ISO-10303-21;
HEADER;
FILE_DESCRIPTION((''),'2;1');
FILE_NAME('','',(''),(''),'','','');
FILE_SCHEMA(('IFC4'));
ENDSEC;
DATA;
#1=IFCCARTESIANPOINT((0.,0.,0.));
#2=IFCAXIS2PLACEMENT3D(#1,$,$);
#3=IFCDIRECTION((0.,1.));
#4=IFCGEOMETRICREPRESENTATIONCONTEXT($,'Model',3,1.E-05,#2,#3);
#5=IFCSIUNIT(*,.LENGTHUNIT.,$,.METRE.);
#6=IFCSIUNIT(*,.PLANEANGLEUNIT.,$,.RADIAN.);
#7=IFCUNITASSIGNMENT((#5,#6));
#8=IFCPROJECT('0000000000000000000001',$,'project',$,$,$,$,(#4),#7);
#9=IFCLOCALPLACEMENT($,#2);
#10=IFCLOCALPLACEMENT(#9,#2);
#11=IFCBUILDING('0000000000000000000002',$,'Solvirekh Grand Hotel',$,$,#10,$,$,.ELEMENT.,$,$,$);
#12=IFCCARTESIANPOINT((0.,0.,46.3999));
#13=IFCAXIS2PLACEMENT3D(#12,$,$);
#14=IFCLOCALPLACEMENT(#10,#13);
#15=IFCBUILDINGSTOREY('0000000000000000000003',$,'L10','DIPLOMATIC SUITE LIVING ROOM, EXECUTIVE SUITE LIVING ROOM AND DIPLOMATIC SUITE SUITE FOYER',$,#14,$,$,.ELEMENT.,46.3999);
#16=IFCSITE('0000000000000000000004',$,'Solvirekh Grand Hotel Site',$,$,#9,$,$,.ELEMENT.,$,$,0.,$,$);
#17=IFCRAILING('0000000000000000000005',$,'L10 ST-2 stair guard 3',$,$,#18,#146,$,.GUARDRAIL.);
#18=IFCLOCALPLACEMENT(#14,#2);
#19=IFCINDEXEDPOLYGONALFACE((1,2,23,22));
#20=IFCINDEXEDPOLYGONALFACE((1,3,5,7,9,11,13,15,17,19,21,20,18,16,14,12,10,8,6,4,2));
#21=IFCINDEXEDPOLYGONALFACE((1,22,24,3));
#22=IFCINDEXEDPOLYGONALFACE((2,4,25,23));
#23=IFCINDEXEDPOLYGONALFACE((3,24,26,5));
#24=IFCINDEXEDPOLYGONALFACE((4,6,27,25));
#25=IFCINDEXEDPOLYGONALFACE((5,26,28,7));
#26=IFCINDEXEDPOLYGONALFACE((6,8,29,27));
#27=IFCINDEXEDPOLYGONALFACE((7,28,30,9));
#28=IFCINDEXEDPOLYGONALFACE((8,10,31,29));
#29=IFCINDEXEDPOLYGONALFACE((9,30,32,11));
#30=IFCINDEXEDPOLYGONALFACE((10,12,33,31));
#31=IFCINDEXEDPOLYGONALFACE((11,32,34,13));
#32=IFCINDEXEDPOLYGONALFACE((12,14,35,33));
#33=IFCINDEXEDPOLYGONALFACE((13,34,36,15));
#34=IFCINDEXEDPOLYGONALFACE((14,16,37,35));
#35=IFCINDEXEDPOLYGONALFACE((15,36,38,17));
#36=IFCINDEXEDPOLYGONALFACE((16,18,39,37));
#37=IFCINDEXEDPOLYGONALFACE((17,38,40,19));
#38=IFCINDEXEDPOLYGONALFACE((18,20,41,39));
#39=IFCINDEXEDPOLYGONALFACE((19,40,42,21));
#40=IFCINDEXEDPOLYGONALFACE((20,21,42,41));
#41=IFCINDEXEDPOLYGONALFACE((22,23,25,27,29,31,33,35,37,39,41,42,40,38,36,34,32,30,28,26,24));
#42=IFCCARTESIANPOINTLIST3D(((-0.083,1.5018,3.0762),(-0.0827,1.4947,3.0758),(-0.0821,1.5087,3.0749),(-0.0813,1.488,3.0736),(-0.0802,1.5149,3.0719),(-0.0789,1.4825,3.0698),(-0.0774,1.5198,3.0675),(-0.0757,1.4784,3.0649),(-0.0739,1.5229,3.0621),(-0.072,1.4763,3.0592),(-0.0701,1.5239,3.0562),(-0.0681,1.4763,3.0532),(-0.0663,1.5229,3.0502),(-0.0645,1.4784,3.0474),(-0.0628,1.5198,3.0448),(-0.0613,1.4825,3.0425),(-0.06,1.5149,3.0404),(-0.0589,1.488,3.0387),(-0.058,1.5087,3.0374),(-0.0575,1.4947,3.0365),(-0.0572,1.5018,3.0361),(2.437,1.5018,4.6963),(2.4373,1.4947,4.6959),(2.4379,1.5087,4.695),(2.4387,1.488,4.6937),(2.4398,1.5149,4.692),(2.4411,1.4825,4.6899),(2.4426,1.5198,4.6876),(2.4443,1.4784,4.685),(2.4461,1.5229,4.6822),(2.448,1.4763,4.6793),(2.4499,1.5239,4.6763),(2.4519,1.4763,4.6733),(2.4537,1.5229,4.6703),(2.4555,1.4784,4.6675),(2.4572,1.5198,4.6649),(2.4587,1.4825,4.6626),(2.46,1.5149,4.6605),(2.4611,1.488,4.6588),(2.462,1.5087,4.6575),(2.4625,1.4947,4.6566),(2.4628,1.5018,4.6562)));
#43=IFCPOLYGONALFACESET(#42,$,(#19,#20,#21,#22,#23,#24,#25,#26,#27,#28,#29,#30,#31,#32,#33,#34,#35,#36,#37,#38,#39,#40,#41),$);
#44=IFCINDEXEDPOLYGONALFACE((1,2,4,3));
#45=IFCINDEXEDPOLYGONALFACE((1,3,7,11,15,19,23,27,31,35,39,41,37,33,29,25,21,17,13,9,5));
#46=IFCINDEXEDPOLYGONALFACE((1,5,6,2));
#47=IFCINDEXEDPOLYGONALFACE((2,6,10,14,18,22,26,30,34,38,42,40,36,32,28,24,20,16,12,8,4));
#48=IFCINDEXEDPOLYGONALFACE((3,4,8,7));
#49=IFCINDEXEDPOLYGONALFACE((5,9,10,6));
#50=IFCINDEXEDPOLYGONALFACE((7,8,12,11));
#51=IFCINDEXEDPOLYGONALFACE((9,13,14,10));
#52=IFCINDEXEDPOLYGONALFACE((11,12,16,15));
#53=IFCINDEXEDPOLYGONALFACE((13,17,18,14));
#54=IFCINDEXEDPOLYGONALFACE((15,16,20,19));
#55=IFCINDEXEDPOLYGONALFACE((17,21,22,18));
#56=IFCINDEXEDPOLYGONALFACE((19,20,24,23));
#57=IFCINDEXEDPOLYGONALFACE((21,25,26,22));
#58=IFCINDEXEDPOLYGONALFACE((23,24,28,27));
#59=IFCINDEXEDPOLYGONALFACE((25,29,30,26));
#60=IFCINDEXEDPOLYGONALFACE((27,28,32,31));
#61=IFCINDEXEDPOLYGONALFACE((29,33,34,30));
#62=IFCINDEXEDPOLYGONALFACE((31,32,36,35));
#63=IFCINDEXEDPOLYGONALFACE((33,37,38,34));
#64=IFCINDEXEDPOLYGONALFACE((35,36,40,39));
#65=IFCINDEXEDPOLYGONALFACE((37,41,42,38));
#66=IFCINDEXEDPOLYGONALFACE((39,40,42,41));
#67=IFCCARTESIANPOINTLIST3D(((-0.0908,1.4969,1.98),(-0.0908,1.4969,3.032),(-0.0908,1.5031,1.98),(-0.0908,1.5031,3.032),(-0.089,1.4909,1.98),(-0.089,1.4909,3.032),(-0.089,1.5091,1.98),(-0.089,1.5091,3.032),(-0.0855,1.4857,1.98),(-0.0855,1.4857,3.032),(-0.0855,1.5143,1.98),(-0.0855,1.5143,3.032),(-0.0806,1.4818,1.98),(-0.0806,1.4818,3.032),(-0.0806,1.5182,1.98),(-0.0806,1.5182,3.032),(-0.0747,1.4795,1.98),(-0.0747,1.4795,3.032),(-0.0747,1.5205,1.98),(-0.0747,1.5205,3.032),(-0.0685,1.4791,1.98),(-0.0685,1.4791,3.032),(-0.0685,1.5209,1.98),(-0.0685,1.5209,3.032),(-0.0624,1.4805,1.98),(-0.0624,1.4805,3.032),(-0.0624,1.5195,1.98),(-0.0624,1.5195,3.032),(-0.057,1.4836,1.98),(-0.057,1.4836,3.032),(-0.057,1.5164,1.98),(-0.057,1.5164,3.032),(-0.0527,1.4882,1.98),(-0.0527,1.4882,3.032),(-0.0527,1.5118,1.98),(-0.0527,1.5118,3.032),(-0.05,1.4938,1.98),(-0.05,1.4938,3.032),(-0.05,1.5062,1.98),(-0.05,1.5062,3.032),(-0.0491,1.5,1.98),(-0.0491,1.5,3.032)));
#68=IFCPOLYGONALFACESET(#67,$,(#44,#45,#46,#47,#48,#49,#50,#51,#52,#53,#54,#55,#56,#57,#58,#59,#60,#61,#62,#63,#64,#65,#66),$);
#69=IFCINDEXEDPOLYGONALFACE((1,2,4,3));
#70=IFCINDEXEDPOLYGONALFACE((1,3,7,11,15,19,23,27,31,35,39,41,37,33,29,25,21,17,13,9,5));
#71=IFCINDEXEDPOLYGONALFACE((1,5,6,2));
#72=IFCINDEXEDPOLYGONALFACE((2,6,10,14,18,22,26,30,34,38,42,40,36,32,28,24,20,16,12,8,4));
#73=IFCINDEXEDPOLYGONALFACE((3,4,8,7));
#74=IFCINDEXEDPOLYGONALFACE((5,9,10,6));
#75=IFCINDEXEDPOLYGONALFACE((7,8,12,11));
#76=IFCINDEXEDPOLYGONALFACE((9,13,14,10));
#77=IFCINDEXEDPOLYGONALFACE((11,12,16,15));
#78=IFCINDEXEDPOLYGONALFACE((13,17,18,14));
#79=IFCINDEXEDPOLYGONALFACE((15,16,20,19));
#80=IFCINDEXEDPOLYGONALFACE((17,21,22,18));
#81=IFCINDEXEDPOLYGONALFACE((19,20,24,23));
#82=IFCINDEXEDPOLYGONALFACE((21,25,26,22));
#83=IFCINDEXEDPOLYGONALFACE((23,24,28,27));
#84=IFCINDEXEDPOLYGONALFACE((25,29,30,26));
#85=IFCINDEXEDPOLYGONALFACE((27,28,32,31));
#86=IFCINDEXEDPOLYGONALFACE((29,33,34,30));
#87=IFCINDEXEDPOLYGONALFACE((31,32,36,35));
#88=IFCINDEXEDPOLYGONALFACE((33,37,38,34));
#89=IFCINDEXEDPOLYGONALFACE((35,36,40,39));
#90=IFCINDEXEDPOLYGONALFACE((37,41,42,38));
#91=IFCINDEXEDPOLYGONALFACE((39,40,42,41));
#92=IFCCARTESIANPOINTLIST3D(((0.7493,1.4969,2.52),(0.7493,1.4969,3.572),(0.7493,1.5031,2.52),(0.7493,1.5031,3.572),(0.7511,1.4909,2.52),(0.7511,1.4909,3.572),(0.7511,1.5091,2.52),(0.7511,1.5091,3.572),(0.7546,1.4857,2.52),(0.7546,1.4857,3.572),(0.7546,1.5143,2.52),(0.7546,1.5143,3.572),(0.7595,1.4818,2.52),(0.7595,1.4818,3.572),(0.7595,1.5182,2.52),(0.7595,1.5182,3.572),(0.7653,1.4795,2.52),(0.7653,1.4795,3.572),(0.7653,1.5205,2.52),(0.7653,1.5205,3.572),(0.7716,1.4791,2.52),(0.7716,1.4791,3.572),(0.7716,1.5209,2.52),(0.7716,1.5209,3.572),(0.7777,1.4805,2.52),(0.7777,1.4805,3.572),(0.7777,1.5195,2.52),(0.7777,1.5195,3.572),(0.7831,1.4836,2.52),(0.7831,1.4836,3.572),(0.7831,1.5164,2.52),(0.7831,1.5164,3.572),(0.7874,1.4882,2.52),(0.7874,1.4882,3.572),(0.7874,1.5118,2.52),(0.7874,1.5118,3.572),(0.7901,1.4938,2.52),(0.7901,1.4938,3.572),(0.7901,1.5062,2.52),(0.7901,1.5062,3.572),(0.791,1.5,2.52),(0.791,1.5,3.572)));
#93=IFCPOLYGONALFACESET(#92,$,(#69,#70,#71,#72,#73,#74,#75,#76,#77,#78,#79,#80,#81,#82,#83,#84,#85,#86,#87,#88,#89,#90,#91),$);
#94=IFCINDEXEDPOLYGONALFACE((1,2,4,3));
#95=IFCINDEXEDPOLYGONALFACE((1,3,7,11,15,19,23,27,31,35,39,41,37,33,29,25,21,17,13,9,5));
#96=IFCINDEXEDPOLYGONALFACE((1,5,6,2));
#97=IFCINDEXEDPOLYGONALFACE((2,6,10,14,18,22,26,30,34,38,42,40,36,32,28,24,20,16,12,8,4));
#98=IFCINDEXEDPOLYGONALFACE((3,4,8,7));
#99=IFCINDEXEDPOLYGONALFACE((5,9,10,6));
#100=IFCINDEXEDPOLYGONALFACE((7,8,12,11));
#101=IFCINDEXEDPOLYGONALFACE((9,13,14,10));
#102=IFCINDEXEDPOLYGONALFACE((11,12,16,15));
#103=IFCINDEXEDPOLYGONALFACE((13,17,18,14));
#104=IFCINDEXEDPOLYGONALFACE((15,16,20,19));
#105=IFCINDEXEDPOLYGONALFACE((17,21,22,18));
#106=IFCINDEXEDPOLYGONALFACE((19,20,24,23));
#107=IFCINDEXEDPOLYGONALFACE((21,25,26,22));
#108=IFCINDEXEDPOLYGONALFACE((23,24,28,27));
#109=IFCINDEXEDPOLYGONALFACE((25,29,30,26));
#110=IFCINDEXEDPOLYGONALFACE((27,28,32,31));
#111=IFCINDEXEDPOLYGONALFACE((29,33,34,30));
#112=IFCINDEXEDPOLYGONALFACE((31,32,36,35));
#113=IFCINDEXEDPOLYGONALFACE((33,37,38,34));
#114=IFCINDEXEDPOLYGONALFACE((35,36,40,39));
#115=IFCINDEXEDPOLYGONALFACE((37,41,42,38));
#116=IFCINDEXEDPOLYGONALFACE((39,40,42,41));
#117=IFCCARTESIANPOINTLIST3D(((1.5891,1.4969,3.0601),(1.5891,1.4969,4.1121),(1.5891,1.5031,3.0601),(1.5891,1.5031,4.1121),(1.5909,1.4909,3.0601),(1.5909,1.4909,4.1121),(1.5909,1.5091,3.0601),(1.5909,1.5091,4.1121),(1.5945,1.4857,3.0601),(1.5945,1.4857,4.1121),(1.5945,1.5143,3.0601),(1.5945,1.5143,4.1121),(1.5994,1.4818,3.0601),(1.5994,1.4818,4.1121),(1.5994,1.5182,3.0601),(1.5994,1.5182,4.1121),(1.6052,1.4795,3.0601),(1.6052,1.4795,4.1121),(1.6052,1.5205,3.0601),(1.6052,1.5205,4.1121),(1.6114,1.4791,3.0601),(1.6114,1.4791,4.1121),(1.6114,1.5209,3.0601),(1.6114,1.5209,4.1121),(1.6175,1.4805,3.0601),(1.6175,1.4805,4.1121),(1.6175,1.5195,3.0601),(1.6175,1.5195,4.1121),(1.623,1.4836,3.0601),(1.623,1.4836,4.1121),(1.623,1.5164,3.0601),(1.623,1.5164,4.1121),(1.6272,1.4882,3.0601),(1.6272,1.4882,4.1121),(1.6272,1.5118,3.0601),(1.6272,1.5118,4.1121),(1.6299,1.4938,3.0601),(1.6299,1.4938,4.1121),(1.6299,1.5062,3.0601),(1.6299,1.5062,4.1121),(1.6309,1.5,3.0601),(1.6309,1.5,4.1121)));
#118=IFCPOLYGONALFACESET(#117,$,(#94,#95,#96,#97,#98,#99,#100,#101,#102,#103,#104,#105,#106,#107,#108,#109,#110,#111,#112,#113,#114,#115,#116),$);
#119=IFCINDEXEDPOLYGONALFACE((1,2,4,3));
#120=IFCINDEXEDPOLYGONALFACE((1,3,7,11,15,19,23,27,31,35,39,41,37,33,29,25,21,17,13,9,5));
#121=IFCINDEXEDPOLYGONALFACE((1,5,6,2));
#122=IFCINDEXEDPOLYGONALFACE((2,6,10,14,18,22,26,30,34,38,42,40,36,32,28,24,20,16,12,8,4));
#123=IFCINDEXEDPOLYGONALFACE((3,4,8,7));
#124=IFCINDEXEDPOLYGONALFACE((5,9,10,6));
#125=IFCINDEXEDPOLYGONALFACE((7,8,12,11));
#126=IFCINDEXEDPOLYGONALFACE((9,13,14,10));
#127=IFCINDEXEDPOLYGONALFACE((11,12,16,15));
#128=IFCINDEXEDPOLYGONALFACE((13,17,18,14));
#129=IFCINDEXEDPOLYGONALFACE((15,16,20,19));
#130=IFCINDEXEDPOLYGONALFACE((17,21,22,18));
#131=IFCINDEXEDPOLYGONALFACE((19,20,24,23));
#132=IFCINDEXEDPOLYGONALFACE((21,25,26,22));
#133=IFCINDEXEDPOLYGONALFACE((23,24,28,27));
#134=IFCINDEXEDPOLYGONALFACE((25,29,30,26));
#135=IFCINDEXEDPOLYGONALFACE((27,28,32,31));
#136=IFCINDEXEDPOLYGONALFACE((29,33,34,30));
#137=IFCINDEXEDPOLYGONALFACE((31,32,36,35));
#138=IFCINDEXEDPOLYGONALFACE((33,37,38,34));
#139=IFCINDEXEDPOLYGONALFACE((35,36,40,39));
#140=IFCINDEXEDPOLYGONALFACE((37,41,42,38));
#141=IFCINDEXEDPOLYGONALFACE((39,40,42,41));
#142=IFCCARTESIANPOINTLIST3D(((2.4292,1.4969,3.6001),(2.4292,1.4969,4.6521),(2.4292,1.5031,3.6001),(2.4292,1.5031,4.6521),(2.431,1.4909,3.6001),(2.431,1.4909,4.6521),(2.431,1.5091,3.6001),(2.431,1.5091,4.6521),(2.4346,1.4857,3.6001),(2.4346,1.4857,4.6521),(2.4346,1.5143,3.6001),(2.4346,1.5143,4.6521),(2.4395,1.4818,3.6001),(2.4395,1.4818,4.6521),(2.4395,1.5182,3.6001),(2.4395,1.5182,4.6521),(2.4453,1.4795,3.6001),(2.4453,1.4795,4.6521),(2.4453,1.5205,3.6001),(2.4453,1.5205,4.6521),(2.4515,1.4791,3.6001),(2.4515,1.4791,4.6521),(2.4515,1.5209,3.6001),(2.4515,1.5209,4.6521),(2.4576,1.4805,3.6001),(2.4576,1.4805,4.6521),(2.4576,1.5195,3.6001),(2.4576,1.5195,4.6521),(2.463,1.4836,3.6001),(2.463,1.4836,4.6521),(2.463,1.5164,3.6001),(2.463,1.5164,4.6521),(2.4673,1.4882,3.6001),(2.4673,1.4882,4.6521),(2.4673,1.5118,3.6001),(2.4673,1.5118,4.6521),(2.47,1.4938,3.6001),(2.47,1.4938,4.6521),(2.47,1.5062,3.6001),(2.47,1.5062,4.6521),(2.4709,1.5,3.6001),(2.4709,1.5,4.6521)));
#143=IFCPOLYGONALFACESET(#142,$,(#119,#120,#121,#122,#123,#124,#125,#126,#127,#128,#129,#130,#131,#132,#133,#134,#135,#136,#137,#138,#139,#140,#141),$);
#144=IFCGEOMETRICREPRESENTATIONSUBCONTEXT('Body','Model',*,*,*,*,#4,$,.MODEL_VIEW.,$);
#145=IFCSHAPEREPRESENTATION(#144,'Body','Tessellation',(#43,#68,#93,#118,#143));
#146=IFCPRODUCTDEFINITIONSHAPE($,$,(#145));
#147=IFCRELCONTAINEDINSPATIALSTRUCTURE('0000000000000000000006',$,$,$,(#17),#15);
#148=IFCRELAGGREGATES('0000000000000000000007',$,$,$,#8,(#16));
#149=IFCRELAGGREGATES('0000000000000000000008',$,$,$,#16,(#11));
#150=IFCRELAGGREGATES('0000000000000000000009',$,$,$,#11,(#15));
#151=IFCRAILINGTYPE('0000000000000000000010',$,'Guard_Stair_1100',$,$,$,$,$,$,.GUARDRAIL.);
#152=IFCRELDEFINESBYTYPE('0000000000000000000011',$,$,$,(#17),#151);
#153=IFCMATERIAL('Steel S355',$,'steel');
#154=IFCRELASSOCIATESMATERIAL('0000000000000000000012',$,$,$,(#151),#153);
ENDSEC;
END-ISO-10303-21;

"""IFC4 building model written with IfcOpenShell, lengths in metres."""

from ifc_helpers import new_model, si_unit, direction, frame, origin, origin_2d, place, context, subcontext, project, spatial, circle, extrude, material, type_object, element, save


model = new_model("IFC4")

# Units and contexts
model_context = context("Model", 3, precision=1e-05, world=origin(), true_north=direction((0.0, 1.0)))
body_context = subcontext(model_context, "Body", "Model", "MODEL_VIEW")
ifc_project = project(units=[si_unit("LENGTHUNIT", "METRE"), si_unit("PLANEANGLEUNIT", "RADIAN")], contexts=[model_context])

# Site, building, storey
site_placement = place(None, origin())
site = spatial("IfcSite", under=ifc_project, at=site_placement, Name="Solvirekh Grand Hotel Site", CompositionType="ELEMENT", RefElevation=0.0)
building_placement = place(site_placement, origin())
building = spatial("IfcBuilding", under=site, at=building_placement, Name="Solvirekh Grand Hotel", CompositionType="ELEMENT")
storey_placement = place(building_placement, frame((0.0, 0.0, 46.3999)))
storey = spatial("IfcBuildingStorey", under=building, at=storey_placement, Name="L10", Description="DIPLOMATIC SUITE LIVING ROOM, EXECUTIVE SUITE LIVING ROOM AND DIPLOMATIC SUITE SUITE FOYER", CompositionType="ELEMENT", Elevation=46.3999)

# Shared definitions
ifc_material_1 = material(Name="Steel S355", Category="steel")

# Railing
railing_type_1 = type_object("IfcRailingType", Name="Guard_Stair_1100", PredefinedType="GUARDRAIL", material=ifc_material_1)
railing_1_placement = place(storey_placement, frame((-0.0701, 1.5, 1.98)))
element("IfcRailing", 1, at=railing_1_placement, inside=storey, type_object=railing_type_1, Name="L10 ST-2 stair guard 3", PredefinedType="GUARDRAIL", context=body_context, shape_type="SweptSolid", body=[
    extrude(circle(Radius=0.0239, at=origin_2d()), frame((0.0, 0.0, 1.0762), z_axis=(0.841163, 0.0, 0.540782), x_axis=(0.0, 1.0, 0.0)), (0.0, 0.0, 1.0), 2.9958),
    extrude(circle(Radius=0.021, at=origin_2d()), origin(), (0.0, 0.0, 1.0), 1.052),
    extrude(circle(Radius=0.021, at=origin_2d()), frame((0.8401, 0.0, 0.54)), (0.0, 0.0, 1.0), 1.052),
    extrude(circle(Radius=0.021, at=origin_2d()), frame((1.6799, 0.0, 1.0801)), (0.0, 0.0, 1.0), 1.052),
    extrude(circle(Radius=0.021, at=origin_2d()), frame((2.52, 0.0, 1.6201)), (0.0, 0.0, 1.0), 1.052),
])

save(model, "model.ifc")
